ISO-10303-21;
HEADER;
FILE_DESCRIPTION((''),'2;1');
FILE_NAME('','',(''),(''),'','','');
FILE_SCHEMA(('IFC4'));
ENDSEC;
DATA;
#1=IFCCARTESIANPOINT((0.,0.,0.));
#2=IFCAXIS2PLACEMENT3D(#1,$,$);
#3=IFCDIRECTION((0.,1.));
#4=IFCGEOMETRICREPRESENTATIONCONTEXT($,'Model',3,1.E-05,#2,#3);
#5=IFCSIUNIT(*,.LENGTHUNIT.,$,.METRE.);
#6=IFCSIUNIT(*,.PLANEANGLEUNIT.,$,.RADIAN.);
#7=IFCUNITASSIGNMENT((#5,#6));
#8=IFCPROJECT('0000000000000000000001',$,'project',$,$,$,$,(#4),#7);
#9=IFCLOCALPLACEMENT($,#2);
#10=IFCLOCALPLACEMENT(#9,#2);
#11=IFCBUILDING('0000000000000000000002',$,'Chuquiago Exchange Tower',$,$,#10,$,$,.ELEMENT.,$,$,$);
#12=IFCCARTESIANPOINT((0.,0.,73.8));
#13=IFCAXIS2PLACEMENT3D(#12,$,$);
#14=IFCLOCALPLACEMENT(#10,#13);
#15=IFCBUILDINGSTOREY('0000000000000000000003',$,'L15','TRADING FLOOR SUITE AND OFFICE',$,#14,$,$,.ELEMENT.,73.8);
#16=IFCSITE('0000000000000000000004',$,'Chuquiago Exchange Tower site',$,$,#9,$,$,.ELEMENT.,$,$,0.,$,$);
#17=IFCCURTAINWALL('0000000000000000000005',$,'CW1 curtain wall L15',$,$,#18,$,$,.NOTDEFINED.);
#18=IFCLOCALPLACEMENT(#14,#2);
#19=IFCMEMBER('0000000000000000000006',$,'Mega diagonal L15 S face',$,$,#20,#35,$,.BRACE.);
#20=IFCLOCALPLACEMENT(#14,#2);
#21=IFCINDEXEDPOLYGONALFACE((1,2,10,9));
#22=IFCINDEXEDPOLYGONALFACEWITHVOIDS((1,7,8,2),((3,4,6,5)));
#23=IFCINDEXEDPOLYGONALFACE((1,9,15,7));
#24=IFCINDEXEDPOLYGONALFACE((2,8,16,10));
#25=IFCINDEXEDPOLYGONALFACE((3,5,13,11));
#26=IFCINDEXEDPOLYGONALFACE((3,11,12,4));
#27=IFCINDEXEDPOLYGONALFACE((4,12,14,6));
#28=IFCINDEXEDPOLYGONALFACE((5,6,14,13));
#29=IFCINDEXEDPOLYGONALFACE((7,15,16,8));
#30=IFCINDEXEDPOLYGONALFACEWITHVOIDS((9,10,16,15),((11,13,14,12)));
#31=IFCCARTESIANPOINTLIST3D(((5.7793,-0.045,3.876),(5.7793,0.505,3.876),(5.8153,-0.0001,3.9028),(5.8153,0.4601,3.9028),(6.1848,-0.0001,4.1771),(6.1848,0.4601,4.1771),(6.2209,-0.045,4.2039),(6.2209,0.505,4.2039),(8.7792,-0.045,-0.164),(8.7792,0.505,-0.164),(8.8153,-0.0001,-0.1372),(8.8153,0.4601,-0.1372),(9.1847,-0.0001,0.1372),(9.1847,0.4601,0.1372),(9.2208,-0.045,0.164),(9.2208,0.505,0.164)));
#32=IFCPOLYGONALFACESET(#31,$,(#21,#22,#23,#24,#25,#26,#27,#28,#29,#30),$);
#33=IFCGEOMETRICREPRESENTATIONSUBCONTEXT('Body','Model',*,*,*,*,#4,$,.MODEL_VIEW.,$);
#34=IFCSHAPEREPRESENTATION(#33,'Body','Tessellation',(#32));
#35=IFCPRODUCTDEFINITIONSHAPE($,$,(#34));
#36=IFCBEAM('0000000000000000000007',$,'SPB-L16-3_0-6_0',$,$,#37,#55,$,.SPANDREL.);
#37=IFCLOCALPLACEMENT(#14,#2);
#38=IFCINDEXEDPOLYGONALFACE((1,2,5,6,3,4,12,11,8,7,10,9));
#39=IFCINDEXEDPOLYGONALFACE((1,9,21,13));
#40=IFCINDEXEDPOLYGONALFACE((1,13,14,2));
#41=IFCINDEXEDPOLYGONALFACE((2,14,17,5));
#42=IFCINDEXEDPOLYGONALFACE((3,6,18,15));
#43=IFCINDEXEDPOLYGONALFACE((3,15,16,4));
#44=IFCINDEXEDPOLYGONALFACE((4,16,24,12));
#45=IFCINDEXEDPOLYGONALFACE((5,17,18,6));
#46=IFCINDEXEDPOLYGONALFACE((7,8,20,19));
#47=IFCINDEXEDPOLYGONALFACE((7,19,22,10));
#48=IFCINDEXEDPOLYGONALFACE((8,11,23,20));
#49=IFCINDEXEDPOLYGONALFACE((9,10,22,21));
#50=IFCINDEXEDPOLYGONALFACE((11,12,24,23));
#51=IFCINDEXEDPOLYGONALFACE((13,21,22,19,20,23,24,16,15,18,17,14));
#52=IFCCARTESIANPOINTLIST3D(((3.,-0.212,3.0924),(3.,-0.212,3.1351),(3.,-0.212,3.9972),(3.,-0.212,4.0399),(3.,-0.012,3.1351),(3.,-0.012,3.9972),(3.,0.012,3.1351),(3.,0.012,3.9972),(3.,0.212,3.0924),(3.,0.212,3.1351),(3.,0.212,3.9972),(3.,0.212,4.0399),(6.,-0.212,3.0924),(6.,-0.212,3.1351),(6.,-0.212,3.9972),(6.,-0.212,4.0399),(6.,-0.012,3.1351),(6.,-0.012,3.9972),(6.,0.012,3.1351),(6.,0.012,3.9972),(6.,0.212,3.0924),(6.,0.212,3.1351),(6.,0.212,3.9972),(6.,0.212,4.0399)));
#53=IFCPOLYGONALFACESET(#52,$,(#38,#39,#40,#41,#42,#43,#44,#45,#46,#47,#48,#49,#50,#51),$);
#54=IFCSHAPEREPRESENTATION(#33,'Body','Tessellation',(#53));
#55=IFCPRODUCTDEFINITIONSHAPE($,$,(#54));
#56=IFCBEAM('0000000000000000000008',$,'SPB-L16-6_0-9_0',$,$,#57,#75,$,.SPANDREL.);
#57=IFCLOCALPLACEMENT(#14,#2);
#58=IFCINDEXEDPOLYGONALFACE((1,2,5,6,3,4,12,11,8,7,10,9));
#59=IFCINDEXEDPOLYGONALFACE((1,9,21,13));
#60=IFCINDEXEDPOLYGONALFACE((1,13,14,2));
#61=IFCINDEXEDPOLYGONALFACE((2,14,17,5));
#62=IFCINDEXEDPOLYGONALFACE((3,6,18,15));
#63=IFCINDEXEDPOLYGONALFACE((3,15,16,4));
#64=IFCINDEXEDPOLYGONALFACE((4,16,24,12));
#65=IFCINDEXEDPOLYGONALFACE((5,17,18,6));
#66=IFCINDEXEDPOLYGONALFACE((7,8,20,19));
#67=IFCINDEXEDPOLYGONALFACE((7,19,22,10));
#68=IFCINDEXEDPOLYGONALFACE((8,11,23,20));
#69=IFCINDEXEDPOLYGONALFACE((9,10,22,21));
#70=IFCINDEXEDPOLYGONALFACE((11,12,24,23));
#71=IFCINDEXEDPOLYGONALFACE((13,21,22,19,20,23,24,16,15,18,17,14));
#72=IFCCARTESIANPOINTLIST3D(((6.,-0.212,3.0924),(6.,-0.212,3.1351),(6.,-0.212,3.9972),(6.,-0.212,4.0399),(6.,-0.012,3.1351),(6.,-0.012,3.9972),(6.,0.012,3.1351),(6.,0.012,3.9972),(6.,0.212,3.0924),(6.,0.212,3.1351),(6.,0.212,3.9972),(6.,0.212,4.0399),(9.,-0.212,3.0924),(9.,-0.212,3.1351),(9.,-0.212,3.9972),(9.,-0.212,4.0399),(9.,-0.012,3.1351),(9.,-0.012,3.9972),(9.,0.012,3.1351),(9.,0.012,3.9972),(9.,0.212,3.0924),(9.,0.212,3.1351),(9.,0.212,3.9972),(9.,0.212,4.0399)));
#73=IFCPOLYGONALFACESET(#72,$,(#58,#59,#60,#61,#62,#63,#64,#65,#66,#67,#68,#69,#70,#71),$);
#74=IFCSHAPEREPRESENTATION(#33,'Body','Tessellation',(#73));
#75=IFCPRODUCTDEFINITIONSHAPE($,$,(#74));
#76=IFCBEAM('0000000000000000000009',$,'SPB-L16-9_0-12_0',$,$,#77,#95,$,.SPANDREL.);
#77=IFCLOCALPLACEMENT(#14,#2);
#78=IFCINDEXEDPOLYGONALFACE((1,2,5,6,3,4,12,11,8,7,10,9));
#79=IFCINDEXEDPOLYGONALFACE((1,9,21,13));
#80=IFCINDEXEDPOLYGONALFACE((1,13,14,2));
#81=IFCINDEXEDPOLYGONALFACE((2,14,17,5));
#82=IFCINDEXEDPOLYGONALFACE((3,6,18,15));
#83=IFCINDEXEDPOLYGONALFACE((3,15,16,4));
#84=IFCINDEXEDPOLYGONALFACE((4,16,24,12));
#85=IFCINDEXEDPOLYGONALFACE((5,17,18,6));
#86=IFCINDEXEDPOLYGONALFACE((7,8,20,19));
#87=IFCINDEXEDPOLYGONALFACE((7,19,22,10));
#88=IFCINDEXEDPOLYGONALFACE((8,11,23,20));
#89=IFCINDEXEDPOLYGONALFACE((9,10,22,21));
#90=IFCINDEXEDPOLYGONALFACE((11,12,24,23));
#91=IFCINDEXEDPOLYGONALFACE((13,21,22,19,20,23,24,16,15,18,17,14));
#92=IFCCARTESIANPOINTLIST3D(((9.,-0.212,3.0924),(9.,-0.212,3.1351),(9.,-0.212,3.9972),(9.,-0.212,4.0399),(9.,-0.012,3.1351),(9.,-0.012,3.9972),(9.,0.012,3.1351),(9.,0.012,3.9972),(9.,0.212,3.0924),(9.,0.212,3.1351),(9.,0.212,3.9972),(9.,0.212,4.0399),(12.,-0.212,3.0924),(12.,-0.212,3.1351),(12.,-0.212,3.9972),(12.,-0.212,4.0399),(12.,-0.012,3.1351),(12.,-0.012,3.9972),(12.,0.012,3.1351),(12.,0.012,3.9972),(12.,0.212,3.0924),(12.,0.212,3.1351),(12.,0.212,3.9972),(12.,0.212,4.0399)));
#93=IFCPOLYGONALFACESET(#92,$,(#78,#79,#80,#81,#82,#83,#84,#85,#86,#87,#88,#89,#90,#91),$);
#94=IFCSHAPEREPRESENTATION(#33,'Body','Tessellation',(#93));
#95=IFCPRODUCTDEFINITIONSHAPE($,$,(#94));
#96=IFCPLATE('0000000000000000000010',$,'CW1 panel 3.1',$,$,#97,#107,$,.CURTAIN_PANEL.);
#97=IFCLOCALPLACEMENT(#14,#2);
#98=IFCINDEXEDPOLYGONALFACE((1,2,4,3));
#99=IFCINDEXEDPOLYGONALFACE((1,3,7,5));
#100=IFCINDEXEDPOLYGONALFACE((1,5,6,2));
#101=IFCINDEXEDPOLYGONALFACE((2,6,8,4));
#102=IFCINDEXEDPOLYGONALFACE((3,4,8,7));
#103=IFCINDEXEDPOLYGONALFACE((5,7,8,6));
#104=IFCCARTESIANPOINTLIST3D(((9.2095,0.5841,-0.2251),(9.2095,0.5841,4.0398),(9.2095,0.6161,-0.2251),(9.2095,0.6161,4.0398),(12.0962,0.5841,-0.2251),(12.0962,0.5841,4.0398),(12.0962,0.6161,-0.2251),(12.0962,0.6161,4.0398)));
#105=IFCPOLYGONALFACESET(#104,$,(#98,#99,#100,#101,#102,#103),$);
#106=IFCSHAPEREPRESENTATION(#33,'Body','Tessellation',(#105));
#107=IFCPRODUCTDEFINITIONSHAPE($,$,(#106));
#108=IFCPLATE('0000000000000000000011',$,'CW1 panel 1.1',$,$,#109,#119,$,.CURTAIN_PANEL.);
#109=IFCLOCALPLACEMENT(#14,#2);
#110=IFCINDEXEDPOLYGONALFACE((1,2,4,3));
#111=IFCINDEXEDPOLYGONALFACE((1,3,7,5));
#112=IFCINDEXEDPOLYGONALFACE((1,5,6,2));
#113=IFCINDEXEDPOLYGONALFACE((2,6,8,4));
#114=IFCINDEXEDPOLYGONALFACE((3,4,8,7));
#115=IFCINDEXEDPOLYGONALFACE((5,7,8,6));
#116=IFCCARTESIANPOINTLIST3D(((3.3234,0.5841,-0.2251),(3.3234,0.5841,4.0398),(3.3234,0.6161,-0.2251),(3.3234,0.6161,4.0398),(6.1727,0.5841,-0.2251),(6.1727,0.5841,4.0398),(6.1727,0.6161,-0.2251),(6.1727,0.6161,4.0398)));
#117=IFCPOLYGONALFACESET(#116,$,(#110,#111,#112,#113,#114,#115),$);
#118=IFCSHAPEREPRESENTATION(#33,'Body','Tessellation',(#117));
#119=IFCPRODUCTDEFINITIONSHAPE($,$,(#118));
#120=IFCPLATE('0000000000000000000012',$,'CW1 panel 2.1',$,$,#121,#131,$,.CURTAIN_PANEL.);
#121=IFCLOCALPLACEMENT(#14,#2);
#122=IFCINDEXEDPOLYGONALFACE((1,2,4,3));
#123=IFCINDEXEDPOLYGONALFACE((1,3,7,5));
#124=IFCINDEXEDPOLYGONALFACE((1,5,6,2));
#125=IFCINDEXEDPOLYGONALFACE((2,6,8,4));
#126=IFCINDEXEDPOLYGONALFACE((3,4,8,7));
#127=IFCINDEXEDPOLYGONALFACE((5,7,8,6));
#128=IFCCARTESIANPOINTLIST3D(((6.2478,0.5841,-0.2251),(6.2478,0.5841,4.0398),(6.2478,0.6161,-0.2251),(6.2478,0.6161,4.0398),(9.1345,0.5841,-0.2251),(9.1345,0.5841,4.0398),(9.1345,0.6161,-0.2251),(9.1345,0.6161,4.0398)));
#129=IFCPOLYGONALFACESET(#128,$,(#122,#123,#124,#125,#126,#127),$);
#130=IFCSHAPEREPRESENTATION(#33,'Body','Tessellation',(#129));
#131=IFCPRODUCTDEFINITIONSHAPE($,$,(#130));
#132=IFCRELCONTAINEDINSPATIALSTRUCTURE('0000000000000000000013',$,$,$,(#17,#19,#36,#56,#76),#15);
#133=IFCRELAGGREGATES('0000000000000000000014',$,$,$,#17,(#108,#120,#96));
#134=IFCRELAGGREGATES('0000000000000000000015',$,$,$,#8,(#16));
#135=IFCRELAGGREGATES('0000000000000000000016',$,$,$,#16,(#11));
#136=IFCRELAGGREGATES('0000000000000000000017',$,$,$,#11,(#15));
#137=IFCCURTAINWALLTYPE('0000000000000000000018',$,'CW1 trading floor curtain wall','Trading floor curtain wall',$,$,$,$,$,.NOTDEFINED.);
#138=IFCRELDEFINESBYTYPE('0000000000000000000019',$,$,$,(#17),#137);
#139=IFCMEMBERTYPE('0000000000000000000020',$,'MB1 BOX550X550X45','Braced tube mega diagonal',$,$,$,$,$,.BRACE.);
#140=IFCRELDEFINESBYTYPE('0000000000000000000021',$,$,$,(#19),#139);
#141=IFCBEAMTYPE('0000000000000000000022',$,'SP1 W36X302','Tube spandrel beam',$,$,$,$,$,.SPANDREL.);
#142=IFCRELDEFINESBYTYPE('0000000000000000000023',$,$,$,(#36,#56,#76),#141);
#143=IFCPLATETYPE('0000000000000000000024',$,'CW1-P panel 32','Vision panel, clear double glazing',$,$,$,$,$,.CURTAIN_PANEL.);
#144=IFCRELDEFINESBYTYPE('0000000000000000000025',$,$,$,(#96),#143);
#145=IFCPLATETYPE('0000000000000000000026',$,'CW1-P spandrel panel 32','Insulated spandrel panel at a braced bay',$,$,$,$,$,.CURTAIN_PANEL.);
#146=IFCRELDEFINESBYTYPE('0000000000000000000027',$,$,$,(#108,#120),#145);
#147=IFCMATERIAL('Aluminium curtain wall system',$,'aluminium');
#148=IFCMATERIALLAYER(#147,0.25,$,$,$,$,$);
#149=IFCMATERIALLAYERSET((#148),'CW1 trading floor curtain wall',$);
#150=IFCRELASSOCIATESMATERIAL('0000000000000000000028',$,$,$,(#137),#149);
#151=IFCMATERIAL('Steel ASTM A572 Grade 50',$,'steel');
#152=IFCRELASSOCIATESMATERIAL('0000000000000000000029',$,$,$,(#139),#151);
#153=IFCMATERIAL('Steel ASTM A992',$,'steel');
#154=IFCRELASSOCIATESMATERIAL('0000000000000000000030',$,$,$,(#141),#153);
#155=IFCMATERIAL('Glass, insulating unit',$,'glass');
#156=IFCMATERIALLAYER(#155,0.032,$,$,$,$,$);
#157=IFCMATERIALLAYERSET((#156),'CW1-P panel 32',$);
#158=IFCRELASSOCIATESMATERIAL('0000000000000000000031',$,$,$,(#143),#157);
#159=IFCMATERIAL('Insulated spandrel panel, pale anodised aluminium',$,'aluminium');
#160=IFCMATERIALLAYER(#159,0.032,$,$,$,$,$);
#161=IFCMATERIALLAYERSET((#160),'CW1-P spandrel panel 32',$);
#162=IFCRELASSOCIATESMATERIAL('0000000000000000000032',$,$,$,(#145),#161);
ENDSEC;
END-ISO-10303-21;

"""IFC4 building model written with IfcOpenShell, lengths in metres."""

from ifc_helpers import new_model, si_unit, direction, frame, origin, origin_2d, place, context, subcontext, project, spatial, rectangle, hollow_rectangle, i_section, extrude, material, layer, layer_set, material_profile, profile_set, type_object, element, aggregate, save


model = new_model("IFC4")

# Units and contexts
model_context = context("Model", 3, precision=1e-05, world=origin(), true_north=direction((0.0, 1.0)))
body_context = subcontext(model_context, "Body", "Model", "MODEL_VIEW")
ifc_project = project(units=[si_unit("LENGTHUNIT", "METRE"), si_unit("PLANEANGLEUNIT", "RADIAN")], contexts=[model_context])

# Site, building, storey
site_placement = place(None, origin())
site = spatial("IfcSite", under=ifc_project, at=site_placement, Name="Chuquiago Exchange Tower site", CompositionType="ELEMENT", RefElevation=0.0)
building_placement = place(site_placement, origin())
building = spatial("IfcBuilding", under=site, at=building_placement, Name="Chuquiago Exchange Tower", CompositionType="ELEMENT")
storey_placement = place(building_placement, frame((0.0, 0.0, 73.8)))
storey = spatial("IfcBuildingStorey", under=building, at=storey_placement, Name="L15", Description="TRADING FLOOR SUITE AND OFFICE", CompositionType="ELEMENT", Elevation=73.8)

# Curtain wall
ifc_material_1 = material(Name="Aluminium curtain wall system", Category="aluminium")
ifc_layer_1 = layer(ifc_material_1, 0.25)
ifc_layer_set_1 = layer_set([ifc_layer_1], Name="CW1 trading floor curtain wall")
curtain_wall_type_1 = type_object("IfcCurtainWallType", Name="CW1 trading floor curtain wall", Description="Trading floor curtain wall", PredefinedType="NOTDEFINED", material=ifc_layer_set_1)
curtain_wall_1_placement = place(storey_placement, origin())
curtain_wall_1 = element("IfcCurtainWall", 1, at=curtain_wall_1_placement, inside=storey, type_object=curtain_wall_type_1, Name="CW1 curtain wall L15", PredefinedType="NOTDEFINED")

# Member
ifc_material_2 = material(Name="Steel ASTM A572 Grade 50", Category="steel")
ifc_material_profile_1 = material_profile(ifc_material_2, hollow_rectangle(XDim=0.55, YDim=0.55, WallThickness=0.0449, at=origin_2d()), Name="BOX550X550X45")
ifc_profile_set_1 = profile_set([ifc_material_profile_1], Name="Steel ASTM A572 Grade 50")
member_type_1 = type_object("IfcMemberType", Name="MB1 BOX550X550X45", Description="Braced tube mega diagonal", PredefinedType="BRACE", material=ifc_profile_set_1)
for number, where, z_axis, x_axis, name in (
    (2, (9.0, 0.23, 0.0), (-0.596174, 0.0, 0.802855), (0.0, -1.0, 0.0), "Mega diagonal L15 S face"),
):
    element("IfcMember", number, at=place(storey_placement, frame(where, z_axis=z_axis, x_axis=x_axis)), inside=storey, type_object=member_type_1, Name=name, PredefinedType="BRACE", context=body_context, shape_type="SweptSolid", body=[
        extrude(hollow_rectangle(XDim=0.55, YDim=0.55, WallThickness=0.0449, at=origin_2d()), origin(), (0.0, 0.0, 1.0), 5.032),
    ])

# Beams
ifc_material_3 = material(Name="Steel ASTM A992", Category="steel")
ifc_material_profile_2 = material_profile(ifc_material_3, i_section(OverallWidth=0.4241, OverallDepth=0.9475, WebThickness=0.0239, FlangeThickness=0.0427, at=origin_2d()), Name="W36X302")
ifc_profile_set_2 = profile_set([ifc_material_profile_2], Name="Steel ASTM A992")
beam_type = type_object("IfcBeamType", Name="SP1 W36X302", Description="Tube spandrel beam", PredefinedType="SPANDREL", material=ifc_profile_set_2)
for number, where, z_axis, x_axis, name in (
    (3, (3.0, 0.0, 3.5662), (1.0, 0.0, 0.0), (0.0, 1.0, 0.0), "SPB-L16-3_0-6_0"),
    (4, (6.0, 0.0, 3.5662), (1.0, 0.0, 0.0), (0.0, 1.0, 0.0), "SPB-L16-6_0-9_0"),
    (5, (9.0, 0.0, 3.5662), (1.0, 0.0, 0.0), (0.0, 1.0, 0.0), "SPB-L16-9_0-12_0"),
):
    element("IfcBeam", number, at=place(storey_placement, frame(where, z_axis=z_axis, x_axis=x_axis)), inside=storey, type_object=beam_type, Name=name, PredefinedType="SPANDREL", context=body_context, shape_type="SweptSolid", body=[
        extrude(i_section(OverallWidth=0.4241, OverallDepth=0.9475, WebThickness=0.0239, FlangeThickness=0.0427, at=origin_2d()), origin(), (0.0, 0.0, 1.0), 3.0),
    ])

# Plates
ifc_material_4 = material(Name="Glass, insulating unit", Category="glass")
ifc_layer_2 = layer(ifc_material_4, 0.032)
ifc_layer_set_2 = layer_set([ifc_layer_2], Name="CW1-P panel 32")
plate_type_1 = type_object("IfcPlateType", Name="CW1-P panel 32", Description="Vision panel, clear double glazing", PredefinedType="CURTAIN_PANEL", material=ifc_layer_set_2)
plate_1_placement = place(storey_placement, frame((10.6528, 0.6001, -0.2251), z_axis=(0.0, 0.0, 1.0), x_axis=(1.0, 0.0, 0.0)))
plate_1 = element("IfcPlate", 6, at=plate_1_placement, type_object=plate_type_1, Name="CW1 panel 3.1", PredefinedType="CURTAIN_PANEL", context=body_context, shape_type="SweptSolid", body=[
    extrude(rectangle(XDim=2.8867, YDim=0.032, at=origin_2d()), origin(), (0.0, 0.0, 1.0), 4.2649),
])
ifc_material_5 = material(Name="Insulated spandrel panel, pale anodised aluminium", Category="aluminium")
ifc_layer_3 = layer(ifc_material_5, 0.032)
ifc_layer_set_3 = layer_set([ifc_layer_3], Name="CW1-P spandrel panel 32")
plate_type_2 = type_object("IfcPlateType", Name="CW1-P spandrel panel 32", Description="Insulated spandrel panel at a braced bay", PredefinedType="CURTAIN_PANEL", material=ifc_layer_set_3)
plate_2_placement = place(storey_placement, frame((4.748, 0.6001, -0.2251), z_axis=(0.0, 0.0, 1.0), x_axis=(1.0, 0.0, 0.0)))
plate_2 = element("IfcPlate", 7, at=plate_2_placement, type_object=plate_type_2, Name="CW1 panel 1.1", PredefinedType="CURTAIN_PANEL", context=body_context, shape_type="SweptSolid", body=[
    extrude(rectangle(XDim=2.8494, YDim=0.032, at=origin_2d()), origin(), (0.0, 0.0, 1.0), 4.2649),
])
plate_3_placement = place(storey_placement, frame((7.6912, 0.6001, -0.2251), z_axis=(0.0, 0.0, 1.0), x_axis=(1.0, 0.0, 0.0)))
plate_3 = element("IfcPlate", 8, at=plate_3_placement, type_object=plate_type_2, Name="CW1 panel 2.1", PredefinedType="CURTAIN_PANEL", context=body_context, shape_type="SweptSolid", body=[
    extrude(rectangle(XDim=2.8867, YDim=0.032, at=origin_2d()), origin(), (0.0, 0.0, 1.0), 4.2649),
])
aggregate(curtain_wall_1, [plate_2, plate_3, plate_1])

save(model, "model.ifc")
